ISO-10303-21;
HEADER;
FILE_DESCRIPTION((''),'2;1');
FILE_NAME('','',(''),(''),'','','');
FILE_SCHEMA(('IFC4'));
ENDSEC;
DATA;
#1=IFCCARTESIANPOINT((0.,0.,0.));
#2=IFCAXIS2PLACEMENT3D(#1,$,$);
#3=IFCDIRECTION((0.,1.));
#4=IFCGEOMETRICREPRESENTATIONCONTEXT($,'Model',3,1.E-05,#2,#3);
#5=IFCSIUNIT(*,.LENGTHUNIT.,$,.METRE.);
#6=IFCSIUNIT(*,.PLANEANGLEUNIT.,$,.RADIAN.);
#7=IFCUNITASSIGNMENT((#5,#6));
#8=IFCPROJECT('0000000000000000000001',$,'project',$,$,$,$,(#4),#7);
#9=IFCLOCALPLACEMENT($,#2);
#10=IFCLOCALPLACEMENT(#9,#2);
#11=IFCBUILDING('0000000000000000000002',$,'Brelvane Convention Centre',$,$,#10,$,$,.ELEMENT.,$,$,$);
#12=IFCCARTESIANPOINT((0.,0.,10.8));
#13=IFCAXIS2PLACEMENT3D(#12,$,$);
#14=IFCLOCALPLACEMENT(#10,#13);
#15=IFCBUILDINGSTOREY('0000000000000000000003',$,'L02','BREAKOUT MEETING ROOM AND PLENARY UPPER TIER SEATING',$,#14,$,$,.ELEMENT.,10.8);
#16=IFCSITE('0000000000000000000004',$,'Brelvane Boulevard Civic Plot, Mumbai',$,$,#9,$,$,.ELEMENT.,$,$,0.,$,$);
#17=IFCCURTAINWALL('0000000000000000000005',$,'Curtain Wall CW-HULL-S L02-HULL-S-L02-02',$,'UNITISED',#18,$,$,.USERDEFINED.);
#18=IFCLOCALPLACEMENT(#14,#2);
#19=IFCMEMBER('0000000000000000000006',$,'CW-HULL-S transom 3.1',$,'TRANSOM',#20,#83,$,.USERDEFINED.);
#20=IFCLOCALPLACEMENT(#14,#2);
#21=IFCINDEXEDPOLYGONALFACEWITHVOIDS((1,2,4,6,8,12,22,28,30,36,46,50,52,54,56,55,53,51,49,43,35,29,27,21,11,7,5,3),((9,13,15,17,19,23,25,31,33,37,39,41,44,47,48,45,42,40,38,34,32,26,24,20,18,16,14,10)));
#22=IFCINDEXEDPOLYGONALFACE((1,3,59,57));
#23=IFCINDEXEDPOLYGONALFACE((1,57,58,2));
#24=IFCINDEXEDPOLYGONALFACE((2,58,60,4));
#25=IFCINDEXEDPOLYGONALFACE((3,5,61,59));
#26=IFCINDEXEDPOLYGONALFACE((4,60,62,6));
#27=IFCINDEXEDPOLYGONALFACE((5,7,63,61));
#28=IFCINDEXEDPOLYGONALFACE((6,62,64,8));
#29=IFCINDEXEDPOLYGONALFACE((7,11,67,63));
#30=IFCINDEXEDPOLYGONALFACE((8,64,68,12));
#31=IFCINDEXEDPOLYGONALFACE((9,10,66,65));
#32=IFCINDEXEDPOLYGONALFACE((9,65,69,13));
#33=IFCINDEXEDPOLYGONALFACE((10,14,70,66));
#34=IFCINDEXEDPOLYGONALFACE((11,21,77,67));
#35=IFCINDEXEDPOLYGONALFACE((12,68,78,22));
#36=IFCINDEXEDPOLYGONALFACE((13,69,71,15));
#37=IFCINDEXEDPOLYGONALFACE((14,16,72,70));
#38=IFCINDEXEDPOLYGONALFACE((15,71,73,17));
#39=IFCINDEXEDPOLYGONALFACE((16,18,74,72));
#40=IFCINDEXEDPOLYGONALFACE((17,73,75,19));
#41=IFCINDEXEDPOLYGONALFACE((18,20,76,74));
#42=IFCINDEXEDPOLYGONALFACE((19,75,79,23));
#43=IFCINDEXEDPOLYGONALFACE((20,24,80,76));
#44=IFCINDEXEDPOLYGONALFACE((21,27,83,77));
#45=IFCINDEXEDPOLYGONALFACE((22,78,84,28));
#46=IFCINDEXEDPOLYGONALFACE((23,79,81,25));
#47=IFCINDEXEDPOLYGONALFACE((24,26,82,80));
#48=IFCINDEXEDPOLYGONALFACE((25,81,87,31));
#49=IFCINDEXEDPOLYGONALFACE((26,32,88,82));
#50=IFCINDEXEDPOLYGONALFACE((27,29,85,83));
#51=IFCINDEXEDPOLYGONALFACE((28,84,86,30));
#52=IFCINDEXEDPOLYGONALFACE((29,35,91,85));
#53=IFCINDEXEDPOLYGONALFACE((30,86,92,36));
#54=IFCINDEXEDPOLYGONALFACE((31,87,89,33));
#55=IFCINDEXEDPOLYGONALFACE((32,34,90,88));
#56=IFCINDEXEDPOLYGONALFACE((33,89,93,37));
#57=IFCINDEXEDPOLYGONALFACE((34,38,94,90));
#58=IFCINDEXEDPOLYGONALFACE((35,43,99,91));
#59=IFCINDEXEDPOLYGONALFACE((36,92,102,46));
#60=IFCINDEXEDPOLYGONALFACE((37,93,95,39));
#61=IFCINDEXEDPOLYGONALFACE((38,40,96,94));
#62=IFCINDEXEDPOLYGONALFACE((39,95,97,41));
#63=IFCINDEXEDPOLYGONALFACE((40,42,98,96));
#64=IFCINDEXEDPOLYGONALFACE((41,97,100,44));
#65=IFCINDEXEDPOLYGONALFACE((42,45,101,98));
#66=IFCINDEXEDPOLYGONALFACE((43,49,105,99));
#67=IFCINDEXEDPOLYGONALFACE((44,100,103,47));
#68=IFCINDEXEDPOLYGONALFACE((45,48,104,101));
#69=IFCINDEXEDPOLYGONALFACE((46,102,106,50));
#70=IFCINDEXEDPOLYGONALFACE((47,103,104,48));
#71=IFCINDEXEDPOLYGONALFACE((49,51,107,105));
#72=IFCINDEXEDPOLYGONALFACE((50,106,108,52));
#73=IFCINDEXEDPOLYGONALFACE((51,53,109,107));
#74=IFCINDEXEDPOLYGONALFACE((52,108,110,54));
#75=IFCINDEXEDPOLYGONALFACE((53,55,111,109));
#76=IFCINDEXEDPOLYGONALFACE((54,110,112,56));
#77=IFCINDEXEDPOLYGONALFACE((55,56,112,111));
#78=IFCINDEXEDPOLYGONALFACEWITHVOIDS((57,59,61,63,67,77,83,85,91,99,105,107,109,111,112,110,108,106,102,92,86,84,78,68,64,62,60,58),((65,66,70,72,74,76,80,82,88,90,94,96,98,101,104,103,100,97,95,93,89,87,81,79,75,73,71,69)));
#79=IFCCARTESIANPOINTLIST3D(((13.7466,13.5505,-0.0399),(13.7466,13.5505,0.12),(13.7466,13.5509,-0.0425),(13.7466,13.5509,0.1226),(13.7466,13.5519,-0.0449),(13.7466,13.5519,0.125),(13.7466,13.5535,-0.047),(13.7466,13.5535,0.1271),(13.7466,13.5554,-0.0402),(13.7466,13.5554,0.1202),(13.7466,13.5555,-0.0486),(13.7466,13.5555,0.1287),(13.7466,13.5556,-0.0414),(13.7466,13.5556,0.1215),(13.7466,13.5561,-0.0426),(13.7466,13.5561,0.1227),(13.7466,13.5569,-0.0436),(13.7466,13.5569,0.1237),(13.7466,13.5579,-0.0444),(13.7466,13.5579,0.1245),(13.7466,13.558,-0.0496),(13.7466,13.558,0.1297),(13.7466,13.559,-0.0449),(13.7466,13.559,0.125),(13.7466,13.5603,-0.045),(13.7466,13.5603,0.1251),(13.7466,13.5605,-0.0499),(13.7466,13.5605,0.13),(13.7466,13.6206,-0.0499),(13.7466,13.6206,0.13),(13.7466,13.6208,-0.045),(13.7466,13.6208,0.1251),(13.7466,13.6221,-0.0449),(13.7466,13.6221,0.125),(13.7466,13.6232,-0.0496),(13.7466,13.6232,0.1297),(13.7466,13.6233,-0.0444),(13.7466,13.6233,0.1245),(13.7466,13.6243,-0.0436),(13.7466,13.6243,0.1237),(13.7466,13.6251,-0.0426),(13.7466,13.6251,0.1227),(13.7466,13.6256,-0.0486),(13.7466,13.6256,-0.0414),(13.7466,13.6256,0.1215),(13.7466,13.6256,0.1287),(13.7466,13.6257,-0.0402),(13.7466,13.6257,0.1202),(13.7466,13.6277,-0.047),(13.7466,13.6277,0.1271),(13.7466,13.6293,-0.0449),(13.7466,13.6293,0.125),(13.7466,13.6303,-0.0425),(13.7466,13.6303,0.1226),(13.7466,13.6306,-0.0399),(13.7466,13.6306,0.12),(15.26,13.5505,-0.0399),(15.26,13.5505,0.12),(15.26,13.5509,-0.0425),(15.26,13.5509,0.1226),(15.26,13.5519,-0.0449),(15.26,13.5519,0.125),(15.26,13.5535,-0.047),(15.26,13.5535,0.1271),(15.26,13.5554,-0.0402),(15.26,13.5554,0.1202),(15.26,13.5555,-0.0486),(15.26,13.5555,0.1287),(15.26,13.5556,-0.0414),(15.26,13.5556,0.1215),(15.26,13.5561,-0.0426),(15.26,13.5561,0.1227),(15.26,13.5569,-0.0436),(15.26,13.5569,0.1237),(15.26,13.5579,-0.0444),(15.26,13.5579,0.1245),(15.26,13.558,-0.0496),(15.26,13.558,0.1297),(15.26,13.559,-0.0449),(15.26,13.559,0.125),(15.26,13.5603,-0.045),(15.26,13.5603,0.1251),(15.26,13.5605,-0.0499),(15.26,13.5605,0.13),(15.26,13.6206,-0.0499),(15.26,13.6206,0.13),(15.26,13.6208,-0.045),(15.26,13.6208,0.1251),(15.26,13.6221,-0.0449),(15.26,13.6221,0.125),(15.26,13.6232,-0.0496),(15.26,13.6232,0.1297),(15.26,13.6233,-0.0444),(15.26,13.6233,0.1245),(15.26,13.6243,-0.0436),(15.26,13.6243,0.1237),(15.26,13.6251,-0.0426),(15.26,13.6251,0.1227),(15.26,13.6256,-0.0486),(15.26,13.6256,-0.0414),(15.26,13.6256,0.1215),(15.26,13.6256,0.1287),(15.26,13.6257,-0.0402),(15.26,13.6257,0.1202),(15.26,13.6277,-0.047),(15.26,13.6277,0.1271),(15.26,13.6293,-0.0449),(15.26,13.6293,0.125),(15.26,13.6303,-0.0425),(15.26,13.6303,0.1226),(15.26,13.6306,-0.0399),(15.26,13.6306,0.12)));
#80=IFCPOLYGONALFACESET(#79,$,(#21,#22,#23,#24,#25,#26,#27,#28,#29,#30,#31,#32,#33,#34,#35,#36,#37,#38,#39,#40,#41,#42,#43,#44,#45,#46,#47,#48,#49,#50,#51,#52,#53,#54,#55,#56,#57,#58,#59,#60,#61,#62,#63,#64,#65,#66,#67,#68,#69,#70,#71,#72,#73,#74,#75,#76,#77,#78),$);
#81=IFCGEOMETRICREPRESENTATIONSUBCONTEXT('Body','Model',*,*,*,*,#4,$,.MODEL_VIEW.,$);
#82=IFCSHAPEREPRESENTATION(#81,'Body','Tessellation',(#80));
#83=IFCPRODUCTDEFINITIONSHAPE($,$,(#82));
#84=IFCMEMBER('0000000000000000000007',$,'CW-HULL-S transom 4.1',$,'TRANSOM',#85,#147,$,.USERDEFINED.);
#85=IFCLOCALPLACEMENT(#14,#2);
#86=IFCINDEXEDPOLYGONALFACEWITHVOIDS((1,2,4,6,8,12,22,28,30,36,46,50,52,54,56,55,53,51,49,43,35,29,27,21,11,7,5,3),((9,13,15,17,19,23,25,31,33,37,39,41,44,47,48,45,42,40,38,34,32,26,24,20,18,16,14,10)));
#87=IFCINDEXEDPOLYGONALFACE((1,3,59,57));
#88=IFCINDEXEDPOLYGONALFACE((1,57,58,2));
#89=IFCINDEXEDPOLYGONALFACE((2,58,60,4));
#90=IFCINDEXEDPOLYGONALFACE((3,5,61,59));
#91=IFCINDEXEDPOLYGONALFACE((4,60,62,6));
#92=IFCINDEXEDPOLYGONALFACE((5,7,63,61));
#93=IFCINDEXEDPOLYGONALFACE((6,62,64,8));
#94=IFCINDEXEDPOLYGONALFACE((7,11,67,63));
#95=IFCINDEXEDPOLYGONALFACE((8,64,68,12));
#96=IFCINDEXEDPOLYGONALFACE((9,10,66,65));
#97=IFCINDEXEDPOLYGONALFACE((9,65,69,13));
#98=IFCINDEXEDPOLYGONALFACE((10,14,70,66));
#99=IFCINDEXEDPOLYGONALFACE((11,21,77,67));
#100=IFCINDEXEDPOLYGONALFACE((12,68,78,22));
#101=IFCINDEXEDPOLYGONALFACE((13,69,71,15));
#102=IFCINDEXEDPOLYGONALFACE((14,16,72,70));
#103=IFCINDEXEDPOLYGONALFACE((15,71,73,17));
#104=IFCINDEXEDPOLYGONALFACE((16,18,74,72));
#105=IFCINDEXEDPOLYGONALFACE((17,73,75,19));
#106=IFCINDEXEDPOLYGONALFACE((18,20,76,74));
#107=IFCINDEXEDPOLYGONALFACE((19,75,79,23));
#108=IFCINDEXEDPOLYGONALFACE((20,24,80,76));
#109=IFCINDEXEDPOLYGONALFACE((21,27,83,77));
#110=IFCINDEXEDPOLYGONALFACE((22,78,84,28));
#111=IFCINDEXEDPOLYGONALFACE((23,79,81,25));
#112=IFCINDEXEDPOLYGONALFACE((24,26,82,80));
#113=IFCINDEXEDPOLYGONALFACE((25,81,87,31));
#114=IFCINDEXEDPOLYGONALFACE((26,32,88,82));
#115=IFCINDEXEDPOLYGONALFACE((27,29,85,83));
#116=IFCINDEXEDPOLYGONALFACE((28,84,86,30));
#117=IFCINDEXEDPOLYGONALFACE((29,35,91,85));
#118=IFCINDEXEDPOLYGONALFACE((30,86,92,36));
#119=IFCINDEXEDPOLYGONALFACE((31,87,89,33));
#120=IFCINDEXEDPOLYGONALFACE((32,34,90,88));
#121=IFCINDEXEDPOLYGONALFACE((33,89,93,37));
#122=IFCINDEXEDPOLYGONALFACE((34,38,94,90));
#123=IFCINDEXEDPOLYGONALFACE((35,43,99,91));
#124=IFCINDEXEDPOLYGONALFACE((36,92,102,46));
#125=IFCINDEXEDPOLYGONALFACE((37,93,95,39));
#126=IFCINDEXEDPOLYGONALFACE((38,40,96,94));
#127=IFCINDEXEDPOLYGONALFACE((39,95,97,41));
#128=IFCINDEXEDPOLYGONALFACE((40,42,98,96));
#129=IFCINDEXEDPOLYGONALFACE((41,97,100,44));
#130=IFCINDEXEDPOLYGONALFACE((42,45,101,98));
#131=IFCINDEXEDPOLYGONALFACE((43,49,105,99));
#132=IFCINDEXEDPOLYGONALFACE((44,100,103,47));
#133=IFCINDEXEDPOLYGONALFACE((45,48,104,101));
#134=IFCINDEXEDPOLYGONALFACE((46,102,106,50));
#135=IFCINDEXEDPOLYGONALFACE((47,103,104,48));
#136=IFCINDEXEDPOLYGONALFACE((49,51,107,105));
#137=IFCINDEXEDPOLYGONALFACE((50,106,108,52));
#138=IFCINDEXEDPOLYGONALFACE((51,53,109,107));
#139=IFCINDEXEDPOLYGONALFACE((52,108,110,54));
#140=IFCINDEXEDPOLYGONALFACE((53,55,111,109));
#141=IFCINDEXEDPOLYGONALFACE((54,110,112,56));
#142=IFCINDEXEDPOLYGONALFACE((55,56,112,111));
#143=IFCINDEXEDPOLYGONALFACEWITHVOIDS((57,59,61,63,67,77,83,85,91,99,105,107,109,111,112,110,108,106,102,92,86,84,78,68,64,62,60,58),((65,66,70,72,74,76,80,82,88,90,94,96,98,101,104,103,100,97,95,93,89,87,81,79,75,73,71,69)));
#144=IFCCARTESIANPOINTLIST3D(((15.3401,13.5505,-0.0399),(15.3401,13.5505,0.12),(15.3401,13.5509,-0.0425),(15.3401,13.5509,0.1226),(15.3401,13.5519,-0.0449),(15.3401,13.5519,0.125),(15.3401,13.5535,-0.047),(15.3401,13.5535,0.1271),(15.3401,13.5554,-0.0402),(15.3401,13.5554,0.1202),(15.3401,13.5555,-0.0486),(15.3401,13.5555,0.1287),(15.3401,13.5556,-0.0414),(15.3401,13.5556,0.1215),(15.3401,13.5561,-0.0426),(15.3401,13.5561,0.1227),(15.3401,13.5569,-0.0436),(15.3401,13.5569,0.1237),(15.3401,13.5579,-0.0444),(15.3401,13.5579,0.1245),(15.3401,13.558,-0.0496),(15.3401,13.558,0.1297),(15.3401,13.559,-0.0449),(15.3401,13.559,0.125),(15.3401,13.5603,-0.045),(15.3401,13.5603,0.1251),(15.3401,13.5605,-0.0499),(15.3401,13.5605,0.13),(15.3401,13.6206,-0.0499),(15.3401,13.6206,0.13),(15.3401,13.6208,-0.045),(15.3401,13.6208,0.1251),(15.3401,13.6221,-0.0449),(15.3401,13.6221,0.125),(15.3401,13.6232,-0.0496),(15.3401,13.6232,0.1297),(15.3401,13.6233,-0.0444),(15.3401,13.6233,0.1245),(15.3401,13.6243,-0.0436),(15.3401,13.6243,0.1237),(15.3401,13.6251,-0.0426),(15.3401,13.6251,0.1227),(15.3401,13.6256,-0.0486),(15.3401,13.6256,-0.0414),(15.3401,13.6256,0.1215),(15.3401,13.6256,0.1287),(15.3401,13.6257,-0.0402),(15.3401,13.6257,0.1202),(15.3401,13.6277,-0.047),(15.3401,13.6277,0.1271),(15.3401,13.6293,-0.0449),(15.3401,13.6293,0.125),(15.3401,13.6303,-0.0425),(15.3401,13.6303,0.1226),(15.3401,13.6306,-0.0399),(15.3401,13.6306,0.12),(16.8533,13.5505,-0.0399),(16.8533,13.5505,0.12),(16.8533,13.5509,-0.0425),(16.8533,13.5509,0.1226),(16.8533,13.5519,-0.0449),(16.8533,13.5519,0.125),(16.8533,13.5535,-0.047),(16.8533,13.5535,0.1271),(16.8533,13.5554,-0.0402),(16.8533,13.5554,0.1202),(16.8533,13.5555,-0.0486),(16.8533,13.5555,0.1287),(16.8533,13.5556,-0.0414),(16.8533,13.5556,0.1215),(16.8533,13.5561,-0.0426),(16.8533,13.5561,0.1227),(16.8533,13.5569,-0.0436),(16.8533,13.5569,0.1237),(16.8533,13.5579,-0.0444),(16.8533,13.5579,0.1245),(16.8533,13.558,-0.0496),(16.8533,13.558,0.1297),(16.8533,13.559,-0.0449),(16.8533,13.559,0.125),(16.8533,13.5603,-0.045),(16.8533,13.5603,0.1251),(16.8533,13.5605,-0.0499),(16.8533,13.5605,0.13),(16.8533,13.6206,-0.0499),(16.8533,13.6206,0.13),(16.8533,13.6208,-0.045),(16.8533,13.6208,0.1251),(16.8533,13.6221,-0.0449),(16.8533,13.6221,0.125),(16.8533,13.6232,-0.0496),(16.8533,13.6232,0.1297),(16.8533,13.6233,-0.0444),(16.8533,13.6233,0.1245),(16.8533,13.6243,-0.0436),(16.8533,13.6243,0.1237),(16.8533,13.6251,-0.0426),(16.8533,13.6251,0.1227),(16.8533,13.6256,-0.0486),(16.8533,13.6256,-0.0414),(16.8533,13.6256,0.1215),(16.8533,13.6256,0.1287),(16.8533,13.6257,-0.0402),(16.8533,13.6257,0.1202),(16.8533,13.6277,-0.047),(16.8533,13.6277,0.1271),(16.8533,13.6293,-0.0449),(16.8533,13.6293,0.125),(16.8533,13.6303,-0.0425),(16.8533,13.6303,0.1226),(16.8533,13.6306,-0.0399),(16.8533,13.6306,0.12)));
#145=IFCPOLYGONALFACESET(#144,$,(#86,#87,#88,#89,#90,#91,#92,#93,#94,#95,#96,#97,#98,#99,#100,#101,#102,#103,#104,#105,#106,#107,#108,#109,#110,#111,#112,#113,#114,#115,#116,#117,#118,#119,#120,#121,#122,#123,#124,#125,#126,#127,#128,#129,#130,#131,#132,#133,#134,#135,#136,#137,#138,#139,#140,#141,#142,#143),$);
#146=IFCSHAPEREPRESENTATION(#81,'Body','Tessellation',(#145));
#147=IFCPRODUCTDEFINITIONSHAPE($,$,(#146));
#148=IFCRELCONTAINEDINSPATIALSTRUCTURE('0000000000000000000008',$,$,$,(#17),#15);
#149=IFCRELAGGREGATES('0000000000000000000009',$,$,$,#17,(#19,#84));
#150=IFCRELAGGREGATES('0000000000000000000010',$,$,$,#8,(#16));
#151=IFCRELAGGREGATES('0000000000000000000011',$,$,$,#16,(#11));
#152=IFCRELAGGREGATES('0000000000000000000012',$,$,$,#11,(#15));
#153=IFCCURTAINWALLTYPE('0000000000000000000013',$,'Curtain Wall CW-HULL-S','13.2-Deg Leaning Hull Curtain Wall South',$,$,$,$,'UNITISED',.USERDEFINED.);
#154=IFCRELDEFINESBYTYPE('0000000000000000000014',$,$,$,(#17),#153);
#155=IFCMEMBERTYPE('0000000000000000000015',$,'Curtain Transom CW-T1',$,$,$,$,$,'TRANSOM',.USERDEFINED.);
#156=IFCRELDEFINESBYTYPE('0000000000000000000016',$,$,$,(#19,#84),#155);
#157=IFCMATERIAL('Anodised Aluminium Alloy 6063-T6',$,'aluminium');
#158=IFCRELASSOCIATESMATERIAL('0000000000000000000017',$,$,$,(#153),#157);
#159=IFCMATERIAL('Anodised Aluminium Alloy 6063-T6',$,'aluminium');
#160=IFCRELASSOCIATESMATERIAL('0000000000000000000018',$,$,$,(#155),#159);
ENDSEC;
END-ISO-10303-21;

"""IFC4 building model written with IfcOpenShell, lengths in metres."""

from ifc_helpers import new_model, si_unit, direction, frame, origin, origin_2d, place, context, subcontext, project, spatial, hollow_rectangle, extrude, material, material_profile, profile_set, type_object, element, aggregate, save


model = new_model("IFC4")

# Units and contexts
model_context = context("Model", 3, precision=1e-05, world=origin(), true_north=direction((0.0, 1.0)))
body_context = subcontext(model_context, "Body", "Model", "MODEL_VIEW")
ifc_project = project(units=[si_unit("LENGTHUNIT", "METRE"), si_unit("PLANEANGLEUNIT", "RADIAN")], contexts=[model_context])

# Site, building, storey
site_placement = place(None, origin())
site = spatial("IfcSite", under=ifc_project, at=site_placement, Name="Brelvane Boulevard Civic Plot, Mumbai", CompositionType="ELEMENT", RefElevation=0.0)
building_placement = place(site_placement, origin())
building = spatial("IfcBuilding", under=site, at=building_placement, Name="Brelvane Convention Centre", CompositionType="ELEMENT")
storey_placement = place(building_placement, frame((0.0, 0.0, 10.8)))
storey = spatial("IfcBuildingStorey", under=building, at=storey_placement, Name="L02", Description="BREAKOUT MEETING ROOM AND PLENARY UPPER TIER SEATING", CompositionType="ELEMENT", Elevation=10.8)

# Shared definitions
ifc_material_1 = material(Name="Anodised Aluminium Alloy 6063-T6", Category="aluminium")
curtain_wall_type = type_object("IfcCurtainWallType", Name="Curtain Wall CW-HULL-S", Description="13.2-Deg Leaning Hull Curtain Wall South", ElementType="UNITISED", PredefinedType="USERDEFINED", material=ifc_material_1)

# Curtain wall
curtain_wall_1_placement = place(storey_placement, origin())
curtain_wall_1 = element("IfcCurtainWall", 1, at=curtain_wall_1_placement, inside=storey, type_object=curtain_wall_type, Name="Curtain Wall CW-HULL-S L02-HULL-S-L02-02", ObjectType="UNITISED", PredefinedType="USERDEFINED")

# Members
ifc_material_2 = material(Name="Anodised Aluminium Alloy 6063-T6", Category="aluminium")
ifc_material_profile_1 = material_profile(ifc_material_2, hollow_rectangle(XDim=0.0801, YDim=0.1799, WallThickness=0.0049, InnerFilletRadius=0.0049, OuterFilletRadius=0.01, at=origin_2d()), Name="ALU-T 180x80x5.0")
ifc_profile_set_1 = profile_set([ifc_material_profile_1], Name="Anodised Aluminium Alloy 6063-T6")
member_type_1 = type_object("IfcMemberType", Name="Curtain Transom CW-T1", ElementType="TRANSOM", PredefinedType="USERDEFINED", material=ifc_profile_set_1)
member_1_placement = place(storey_placement, frame((13.7466, 13.5906, 0.04), z_axis=(1.0, 0.0, 0.0), x_axis=(0.0, 1.0, 0.0)))
member_1 = element("IfcMember", 2, at=member_1_placement, type_object=member_type_1, Name="CW-HULL-S transom 3.1", ObjectType="TRANSOM", PredefinedType="USERDEFINED", context=body_context, shape_type="SweptSolid", body=[
    extrude(hollow_rectangle(XDim=0.0801, YDim=0.1799, WallThickness=0.0049, InnerFilletRadius=0.0049, OuterFilletRadius=0.01, at=origin_2d()), origin(), (0.0, 0.0, 1.0), 1.5134),
])
member_2_placement = place(storey_placement, frame((15.3401, 13.5906, 0.04), z_axis=(1.0, 0.0, 0.0), x_axis=(0.0, 1.0, 0.0)))
member_2 = element("IfcMember", 3, at=member_2_placement, type_object=member_type_1, Name="CW-HULL-S transom 4.1", ObjectType="TRANSOM", PredefinedType="USERDEFINED", context=body_context, shape_type="SweptSolid", body=[
    extrude(hollow_rectangle(XDim=0.0801, YDim=0.1799, WallThickness=0.0049, InnerFilletRadius=0.0049, OuterFilletRadius=0.01, at=origin_2d()), origin(), (0.0, 0.0, 1.0), 1.5132),
])

aggregate(curtain_wall_1, [member_1, member_2])

save(model, "model.ifc")
